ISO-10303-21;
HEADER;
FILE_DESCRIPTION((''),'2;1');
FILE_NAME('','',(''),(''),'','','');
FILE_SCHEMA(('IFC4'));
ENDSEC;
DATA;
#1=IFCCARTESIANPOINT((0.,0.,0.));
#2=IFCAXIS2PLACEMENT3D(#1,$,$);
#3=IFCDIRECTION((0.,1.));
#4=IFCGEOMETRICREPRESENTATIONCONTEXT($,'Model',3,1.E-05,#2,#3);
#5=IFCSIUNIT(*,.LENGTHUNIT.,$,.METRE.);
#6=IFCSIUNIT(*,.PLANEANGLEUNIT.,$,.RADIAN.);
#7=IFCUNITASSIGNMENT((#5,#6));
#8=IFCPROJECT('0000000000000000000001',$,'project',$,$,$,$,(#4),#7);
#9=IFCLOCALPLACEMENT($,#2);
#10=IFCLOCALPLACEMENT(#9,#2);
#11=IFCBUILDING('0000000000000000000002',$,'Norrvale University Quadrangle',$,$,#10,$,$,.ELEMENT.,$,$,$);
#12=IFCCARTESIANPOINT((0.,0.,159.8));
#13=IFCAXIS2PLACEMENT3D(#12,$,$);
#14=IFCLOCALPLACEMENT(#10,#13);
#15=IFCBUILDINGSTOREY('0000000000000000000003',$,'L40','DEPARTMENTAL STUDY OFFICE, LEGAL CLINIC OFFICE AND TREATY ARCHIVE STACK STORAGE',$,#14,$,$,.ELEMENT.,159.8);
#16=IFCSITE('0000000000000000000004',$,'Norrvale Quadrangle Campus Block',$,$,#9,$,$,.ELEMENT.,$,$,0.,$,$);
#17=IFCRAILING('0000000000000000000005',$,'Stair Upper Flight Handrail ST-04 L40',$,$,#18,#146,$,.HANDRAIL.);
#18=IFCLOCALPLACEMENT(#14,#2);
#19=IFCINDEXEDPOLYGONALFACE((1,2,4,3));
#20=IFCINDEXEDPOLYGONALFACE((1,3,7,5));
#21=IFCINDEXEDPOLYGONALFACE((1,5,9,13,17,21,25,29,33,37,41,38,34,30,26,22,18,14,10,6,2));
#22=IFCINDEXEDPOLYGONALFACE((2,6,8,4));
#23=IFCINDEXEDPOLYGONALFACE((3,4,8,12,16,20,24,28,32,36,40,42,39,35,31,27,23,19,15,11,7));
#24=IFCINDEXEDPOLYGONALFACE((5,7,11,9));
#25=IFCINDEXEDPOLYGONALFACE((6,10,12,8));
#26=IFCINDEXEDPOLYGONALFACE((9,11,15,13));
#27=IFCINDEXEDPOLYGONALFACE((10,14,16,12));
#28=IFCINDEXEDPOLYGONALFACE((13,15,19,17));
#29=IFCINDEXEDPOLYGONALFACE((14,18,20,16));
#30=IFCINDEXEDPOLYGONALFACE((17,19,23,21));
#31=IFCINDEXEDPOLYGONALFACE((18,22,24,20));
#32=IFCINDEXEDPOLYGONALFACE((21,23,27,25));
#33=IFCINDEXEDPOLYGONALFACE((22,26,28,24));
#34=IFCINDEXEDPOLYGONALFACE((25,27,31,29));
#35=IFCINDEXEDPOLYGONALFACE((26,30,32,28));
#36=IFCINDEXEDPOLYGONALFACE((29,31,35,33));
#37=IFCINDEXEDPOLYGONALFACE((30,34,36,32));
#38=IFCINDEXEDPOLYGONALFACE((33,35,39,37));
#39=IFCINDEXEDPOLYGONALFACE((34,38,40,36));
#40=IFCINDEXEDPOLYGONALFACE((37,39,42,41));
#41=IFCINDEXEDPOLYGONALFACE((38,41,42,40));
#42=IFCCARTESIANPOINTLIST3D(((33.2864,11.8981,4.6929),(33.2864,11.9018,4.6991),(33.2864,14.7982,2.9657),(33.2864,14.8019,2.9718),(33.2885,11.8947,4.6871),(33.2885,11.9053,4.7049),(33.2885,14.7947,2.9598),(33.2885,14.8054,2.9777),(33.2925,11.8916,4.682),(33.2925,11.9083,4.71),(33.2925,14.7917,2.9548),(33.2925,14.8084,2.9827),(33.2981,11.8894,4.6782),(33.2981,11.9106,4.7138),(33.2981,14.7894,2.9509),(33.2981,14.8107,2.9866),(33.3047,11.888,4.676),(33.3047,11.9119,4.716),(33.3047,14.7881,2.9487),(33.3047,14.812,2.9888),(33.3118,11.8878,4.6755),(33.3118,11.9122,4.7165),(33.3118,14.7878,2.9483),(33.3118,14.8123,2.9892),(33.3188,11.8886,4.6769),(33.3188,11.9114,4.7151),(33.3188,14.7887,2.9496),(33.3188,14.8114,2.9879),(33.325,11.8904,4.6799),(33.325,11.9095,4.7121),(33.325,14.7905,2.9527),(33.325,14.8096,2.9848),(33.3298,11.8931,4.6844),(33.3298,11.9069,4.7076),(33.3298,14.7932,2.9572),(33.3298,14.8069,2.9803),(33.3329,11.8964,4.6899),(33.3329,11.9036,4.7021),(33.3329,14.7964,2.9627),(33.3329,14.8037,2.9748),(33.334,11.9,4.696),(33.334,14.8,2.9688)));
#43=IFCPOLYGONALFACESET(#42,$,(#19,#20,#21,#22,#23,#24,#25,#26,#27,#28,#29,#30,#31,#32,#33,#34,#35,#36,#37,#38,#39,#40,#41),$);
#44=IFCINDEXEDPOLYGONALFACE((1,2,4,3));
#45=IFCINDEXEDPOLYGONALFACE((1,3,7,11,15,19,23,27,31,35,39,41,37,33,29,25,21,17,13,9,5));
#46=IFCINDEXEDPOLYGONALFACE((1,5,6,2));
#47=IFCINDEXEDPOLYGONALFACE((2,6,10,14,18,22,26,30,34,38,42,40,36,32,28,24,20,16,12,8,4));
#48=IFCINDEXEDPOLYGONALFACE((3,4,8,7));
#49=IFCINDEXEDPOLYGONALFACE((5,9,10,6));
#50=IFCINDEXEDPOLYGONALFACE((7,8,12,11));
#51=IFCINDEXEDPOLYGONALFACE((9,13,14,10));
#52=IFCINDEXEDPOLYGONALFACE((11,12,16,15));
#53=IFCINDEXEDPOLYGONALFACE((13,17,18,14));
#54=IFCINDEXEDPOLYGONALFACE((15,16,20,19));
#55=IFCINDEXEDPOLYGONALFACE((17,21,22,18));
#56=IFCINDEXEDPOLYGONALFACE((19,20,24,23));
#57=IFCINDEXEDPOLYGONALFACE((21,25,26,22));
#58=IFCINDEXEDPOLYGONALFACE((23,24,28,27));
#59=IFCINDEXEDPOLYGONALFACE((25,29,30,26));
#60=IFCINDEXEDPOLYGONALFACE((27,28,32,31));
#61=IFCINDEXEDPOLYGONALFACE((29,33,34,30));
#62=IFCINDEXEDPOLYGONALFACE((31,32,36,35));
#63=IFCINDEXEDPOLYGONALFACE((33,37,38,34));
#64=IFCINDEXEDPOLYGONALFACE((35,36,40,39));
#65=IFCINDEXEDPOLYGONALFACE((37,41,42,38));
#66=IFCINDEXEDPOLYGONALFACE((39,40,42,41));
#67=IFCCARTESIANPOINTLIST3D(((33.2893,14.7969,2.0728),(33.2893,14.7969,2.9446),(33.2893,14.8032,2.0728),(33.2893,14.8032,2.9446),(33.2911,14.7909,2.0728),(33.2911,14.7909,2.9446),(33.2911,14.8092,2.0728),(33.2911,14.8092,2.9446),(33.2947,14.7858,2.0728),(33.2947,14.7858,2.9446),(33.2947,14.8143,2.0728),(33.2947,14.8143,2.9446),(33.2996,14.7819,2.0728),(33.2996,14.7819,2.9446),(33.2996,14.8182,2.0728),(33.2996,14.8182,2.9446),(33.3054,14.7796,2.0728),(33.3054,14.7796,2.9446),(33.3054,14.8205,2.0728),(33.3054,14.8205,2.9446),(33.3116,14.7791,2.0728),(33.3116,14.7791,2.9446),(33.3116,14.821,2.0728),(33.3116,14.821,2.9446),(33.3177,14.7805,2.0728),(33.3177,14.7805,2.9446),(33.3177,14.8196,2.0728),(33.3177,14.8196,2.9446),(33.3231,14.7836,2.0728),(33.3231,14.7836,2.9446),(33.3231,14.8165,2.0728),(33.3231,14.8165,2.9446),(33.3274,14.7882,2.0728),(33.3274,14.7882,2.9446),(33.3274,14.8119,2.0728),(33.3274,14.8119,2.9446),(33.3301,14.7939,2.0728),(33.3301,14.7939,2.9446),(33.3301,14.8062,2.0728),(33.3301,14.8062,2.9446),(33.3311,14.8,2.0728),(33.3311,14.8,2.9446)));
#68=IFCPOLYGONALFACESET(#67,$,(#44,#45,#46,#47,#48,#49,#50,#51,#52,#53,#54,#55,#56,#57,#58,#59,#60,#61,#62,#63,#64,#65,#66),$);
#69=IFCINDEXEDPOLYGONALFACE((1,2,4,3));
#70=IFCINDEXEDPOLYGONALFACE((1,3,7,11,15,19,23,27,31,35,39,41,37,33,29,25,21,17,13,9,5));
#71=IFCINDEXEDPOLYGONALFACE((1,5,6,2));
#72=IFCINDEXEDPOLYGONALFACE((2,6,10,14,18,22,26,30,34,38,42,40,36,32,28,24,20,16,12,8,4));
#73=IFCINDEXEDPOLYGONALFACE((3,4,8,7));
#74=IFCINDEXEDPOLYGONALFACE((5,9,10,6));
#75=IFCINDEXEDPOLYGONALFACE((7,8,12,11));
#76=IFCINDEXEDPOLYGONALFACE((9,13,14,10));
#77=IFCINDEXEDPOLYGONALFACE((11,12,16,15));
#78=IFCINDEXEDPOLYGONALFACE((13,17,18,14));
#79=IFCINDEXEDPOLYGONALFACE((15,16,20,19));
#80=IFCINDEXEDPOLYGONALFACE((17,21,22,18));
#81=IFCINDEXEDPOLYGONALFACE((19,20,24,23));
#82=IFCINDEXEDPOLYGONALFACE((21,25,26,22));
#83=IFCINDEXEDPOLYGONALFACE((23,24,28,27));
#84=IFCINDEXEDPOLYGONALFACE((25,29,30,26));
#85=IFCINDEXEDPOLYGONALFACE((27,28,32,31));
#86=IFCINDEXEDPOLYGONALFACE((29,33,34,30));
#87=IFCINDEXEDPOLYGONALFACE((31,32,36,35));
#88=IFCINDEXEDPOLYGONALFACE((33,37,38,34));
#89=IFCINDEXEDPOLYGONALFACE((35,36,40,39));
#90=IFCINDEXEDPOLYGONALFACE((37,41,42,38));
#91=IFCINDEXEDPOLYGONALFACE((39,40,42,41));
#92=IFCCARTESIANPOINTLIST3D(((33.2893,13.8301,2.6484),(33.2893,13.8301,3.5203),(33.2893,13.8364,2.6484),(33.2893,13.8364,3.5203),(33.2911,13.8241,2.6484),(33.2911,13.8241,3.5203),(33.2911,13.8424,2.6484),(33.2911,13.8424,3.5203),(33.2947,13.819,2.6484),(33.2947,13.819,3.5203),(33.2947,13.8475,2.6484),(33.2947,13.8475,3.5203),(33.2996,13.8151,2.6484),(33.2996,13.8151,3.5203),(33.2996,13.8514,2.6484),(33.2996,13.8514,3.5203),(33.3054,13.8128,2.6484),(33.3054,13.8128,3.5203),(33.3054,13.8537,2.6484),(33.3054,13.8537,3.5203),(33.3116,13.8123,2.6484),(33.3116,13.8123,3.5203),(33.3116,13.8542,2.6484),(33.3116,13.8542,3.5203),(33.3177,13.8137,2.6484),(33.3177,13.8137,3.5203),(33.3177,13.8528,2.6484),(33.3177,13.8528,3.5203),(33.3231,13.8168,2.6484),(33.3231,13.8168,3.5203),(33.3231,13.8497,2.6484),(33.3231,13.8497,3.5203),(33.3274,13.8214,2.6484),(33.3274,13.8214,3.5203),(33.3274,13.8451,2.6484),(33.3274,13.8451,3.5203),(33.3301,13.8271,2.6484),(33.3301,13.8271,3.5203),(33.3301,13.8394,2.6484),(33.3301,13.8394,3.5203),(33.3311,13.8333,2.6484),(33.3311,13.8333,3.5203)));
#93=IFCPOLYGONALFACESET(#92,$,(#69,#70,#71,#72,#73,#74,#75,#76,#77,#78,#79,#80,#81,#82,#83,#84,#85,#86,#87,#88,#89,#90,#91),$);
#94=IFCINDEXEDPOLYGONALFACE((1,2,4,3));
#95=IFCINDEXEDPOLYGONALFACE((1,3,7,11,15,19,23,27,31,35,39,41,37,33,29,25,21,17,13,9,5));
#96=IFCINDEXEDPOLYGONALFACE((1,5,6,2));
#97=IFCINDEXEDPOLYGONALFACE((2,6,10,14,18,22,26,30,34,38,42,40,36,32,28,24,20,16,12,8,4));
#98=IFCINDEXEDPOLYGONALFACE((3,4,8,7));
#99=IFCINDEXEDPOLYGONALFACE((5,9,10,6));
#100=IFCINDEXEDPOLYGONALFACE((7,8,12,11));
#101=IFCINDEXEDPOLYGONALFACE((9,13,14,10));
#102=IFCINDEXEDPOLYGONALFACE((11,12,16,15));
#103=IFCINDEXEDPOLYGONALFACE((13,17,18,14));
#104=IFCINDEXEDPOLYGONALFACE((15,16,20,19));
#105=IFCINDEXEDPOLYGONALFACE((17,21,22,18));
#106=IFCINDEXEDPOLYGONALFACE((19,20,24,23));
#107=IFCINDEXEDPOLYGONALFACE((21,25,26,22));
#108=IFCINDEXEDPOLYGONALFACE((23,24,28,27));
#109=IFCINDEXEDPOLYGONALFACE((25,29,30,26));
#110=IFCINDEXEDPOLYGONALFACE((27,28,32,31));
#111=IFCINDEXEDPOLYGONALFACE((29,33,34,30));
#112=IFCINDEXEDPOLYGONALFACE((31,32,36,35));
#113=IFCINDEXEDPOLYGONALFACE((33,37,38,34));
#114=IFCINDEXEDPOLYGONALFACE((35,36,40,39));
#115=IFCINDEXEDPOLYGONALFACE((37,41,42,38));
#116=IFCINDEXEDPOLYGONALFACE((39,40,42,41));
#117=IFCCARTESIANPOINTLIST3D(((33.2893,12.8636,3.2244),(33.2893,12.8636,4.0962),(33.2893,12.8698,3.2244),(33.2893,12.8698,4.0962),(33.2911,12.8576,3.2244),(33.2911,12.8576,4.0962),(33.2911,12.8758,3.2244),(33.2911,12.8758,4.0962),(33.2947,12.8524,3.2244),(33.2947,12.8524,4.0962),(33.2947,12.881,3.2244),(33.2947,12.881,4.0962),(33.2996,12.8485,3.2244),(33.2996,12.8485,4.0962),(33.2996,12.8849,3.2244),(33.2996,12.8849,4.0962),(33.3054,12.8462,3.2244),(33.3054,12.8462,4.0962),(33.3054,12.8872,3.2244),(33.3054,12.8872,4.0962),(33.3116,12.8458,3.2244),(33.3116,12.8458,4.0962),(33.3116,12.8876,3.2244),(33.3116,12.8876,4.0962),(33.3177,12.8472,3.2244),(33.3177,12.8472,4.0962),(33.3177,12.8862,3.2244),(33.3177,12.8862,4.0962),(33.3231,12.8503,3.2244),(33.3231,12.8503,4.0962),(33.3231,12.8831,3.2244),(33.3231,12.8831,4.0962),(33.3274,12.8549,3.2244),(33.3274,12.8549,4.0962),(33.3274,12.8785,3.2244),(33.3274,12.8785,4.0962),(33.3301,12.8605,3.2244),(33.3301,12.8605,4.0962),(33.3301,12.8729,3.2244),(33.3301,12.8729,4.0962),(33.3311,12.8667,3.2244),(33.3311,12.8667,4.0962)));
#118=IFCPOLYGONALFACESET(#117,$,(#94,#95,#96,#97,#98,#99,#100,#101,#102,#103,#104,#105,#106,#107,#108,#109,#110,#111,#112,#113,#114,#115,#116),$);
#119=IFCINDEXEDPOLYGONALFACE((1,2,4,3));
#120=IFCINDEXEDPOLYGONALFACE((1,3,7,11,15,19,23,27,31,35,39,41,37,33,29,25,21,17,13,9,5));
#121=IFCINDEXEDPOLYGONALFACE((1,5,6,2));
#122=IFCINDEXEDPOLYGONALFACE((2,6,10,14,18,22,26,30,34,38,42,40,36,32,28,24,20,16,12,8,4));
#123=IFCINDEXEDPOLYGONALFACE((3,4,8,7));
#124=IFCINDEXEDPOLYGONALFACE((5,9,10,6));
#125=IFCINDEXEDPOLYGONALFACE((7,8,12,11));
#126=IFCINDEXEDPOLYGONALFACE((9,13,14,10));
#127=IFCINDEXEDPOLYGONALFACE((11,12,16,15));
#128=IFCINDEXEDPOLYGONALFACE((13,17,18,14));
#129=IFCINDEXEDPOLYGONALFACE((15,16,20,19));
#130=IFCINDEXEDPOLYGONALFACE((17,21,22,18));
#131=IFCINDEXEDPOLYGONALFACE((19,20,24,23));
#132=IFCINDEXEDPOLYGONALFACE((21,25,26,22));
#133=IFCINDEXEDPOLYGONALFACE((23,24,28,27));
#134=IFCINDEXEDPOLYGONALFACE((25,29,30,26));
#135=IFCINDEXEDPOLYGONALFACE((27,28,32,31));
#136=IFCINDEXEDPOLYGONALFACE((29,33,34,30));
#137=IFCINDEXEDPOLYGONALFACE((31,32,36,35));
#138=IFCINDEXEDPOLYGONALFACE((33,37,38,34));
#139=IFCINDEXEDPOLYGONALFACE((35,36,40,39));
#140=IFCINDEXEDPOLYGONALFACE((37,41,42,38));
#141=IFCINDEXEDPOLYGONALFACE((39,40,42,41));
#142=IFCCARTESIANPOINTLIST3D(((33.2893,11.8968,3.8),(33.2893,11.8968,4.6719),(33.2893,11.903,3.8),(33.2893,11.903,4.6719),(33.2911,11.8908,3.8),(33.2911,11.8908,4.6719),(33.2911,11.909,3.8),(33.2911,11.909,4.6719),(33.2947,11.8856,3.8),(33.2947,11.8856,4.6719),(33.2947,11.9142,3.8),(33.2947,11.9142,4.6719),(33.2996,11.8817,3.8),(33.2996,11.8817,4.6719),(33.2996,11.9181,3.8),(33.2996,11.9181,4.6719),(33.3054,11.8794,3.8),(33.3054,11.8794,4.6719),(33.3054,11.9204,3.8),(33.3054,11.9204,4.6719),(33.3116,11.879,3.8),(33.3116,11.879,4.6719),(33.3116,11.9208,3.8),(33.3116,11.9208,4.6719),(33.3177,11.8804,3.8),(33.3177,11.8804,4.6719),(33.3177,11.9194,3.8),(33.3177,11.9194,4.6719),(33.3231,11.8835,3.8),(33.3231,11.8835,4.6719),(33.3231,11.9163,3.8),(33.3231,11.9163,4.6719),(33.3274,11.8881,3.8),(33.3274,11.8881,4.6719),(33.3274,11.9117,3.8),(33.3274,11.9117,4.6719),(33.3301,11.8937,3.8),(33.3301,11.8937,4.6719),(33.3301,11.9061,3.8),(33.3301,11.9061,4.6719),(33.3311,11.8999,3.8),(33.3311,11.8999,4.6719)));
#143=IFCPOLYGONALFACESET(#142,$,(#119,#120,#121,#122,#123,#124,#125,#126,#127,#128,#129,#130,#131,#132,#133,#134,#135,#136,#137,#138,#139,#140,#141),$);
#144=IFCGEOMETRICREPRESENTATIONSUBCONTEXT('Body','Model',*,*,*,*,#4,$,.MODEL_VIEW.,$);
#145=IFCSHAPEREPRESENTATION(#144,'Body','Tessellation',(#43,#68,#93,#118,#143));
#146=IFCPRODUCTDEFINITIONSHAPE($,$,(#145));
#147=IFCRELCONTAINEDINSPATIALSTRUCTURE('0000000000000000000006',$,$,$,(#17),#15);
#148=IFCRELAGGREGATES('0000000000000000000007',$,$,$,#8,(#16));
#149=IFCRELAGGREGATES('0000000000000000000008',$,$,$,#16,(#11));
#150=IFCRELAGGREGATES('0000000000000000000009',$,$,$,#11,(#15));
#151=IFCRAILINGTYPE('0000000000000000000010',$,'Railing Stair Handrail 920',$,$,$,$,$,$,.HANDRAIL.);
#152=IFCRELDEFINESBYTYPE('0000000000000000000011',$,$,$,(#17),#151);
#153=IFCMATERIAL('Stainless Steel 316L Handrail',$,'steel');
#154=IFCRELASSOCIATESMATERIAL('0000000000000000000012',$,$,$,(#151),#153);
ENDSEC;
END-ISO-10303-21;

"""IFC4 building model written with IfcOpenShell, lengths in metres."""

from ifc_helpers import new_model, si_unit, direction, frame, origin, origin_2d, place, context, subcontext, project, spatial, circle, extrude, material, type_object, element, save


model = new_model("IFC4")

# Units and contexts
model_context = context("Model", 3, precision=1e-05, world=origin(), true_north=direction((0.0, 1.0)))
body_context = subcontext(model_context, "Body", "Model", "MODEL_VIEW")
ifc_project = project(units=[si_unit("LENGTHUNIT", "METRE"), si_unit("PLANEANGLEUNIT", "RADIAN")], contexts=[model_context])

# Site, building, storey
site_placement = place(None, origin())
site = spatial("IfcSite", under=ifc_project, at=site_placement, Name="Norrvale Quadrangle Campus Block", CompositionType="ELEMENT", RefElevation=0.0)
building_placement = place(site_placement, origin())
building = spatial("IfcBuilding", under=site, at=building_placement, Name="Norrvale University Quadrangle", CompositionType="ELEMENT")
storey_placement = place(building_placement, frame((0.0, 0.0, 159.8)))
storey = spatial("IfcBuildingStorey", under=building, at=storey_placement, Name="L40", Description="DEPARTMENTAL STUDY OFFICE, LEGAL CLINIC OFFICE AND TREATY ARCHIVE STACK STORAGE", CompositionType="ELEMENT", Elevation=159.8)

# Railing
ifc_material_1 = material(Name="Stainless Steel 316L Handrail", Category="steel")
railing_type = type_object("IfcRailingType", Name="Railing Stair Handrail 920", PredefinedType="HANDRAIL", material=ifc_material_1)
railing_placement = place(storey_placement, frame((33.3101, 14.8, 2.0728)))
element("IfcRailing", 1, at=railing_placement, inside=storey, type_object=railing_type, Name="Stair Upper Flight Handrail ST-04 L40", PredefinedType="HANDRAIL", context=body_context, shape_type="SweptSolid", body=[
    extrude(circle(Radius=0.0239, at=origin_2d()), frame((0.0, 0.0, 0.896), z_axis=(0.0, -0.85916, 0.511706), x_axis=(1.0, 0.0, 0.0)), (0.0, 0.0, 1.0), 3.3755),
    extrude(circle(Radius=0.021, at=origin_2d()), origin(), (0.0, 0.0, 1.0), 0.8718),
    extrude(circle(Radius=0.021, at=origin_2d()), frame((0.0, -0.9668, 0.5757)), (0.0, 0.0, 1.0), 0.8718),
    extrude(circle(Radius=0.021, at=origin_2d()), frame((0.0, -1.9333, 1.1516)), (0.0, 0.0, 1.0), 0.8718),
    extrude(circle(Radius=0.021, at=origin_2d()), frame((0.0, -2.9001, 1.7273)), (0.0, 0.0, 1.0), 0.8718),
])

save(model, "model.ifc")
